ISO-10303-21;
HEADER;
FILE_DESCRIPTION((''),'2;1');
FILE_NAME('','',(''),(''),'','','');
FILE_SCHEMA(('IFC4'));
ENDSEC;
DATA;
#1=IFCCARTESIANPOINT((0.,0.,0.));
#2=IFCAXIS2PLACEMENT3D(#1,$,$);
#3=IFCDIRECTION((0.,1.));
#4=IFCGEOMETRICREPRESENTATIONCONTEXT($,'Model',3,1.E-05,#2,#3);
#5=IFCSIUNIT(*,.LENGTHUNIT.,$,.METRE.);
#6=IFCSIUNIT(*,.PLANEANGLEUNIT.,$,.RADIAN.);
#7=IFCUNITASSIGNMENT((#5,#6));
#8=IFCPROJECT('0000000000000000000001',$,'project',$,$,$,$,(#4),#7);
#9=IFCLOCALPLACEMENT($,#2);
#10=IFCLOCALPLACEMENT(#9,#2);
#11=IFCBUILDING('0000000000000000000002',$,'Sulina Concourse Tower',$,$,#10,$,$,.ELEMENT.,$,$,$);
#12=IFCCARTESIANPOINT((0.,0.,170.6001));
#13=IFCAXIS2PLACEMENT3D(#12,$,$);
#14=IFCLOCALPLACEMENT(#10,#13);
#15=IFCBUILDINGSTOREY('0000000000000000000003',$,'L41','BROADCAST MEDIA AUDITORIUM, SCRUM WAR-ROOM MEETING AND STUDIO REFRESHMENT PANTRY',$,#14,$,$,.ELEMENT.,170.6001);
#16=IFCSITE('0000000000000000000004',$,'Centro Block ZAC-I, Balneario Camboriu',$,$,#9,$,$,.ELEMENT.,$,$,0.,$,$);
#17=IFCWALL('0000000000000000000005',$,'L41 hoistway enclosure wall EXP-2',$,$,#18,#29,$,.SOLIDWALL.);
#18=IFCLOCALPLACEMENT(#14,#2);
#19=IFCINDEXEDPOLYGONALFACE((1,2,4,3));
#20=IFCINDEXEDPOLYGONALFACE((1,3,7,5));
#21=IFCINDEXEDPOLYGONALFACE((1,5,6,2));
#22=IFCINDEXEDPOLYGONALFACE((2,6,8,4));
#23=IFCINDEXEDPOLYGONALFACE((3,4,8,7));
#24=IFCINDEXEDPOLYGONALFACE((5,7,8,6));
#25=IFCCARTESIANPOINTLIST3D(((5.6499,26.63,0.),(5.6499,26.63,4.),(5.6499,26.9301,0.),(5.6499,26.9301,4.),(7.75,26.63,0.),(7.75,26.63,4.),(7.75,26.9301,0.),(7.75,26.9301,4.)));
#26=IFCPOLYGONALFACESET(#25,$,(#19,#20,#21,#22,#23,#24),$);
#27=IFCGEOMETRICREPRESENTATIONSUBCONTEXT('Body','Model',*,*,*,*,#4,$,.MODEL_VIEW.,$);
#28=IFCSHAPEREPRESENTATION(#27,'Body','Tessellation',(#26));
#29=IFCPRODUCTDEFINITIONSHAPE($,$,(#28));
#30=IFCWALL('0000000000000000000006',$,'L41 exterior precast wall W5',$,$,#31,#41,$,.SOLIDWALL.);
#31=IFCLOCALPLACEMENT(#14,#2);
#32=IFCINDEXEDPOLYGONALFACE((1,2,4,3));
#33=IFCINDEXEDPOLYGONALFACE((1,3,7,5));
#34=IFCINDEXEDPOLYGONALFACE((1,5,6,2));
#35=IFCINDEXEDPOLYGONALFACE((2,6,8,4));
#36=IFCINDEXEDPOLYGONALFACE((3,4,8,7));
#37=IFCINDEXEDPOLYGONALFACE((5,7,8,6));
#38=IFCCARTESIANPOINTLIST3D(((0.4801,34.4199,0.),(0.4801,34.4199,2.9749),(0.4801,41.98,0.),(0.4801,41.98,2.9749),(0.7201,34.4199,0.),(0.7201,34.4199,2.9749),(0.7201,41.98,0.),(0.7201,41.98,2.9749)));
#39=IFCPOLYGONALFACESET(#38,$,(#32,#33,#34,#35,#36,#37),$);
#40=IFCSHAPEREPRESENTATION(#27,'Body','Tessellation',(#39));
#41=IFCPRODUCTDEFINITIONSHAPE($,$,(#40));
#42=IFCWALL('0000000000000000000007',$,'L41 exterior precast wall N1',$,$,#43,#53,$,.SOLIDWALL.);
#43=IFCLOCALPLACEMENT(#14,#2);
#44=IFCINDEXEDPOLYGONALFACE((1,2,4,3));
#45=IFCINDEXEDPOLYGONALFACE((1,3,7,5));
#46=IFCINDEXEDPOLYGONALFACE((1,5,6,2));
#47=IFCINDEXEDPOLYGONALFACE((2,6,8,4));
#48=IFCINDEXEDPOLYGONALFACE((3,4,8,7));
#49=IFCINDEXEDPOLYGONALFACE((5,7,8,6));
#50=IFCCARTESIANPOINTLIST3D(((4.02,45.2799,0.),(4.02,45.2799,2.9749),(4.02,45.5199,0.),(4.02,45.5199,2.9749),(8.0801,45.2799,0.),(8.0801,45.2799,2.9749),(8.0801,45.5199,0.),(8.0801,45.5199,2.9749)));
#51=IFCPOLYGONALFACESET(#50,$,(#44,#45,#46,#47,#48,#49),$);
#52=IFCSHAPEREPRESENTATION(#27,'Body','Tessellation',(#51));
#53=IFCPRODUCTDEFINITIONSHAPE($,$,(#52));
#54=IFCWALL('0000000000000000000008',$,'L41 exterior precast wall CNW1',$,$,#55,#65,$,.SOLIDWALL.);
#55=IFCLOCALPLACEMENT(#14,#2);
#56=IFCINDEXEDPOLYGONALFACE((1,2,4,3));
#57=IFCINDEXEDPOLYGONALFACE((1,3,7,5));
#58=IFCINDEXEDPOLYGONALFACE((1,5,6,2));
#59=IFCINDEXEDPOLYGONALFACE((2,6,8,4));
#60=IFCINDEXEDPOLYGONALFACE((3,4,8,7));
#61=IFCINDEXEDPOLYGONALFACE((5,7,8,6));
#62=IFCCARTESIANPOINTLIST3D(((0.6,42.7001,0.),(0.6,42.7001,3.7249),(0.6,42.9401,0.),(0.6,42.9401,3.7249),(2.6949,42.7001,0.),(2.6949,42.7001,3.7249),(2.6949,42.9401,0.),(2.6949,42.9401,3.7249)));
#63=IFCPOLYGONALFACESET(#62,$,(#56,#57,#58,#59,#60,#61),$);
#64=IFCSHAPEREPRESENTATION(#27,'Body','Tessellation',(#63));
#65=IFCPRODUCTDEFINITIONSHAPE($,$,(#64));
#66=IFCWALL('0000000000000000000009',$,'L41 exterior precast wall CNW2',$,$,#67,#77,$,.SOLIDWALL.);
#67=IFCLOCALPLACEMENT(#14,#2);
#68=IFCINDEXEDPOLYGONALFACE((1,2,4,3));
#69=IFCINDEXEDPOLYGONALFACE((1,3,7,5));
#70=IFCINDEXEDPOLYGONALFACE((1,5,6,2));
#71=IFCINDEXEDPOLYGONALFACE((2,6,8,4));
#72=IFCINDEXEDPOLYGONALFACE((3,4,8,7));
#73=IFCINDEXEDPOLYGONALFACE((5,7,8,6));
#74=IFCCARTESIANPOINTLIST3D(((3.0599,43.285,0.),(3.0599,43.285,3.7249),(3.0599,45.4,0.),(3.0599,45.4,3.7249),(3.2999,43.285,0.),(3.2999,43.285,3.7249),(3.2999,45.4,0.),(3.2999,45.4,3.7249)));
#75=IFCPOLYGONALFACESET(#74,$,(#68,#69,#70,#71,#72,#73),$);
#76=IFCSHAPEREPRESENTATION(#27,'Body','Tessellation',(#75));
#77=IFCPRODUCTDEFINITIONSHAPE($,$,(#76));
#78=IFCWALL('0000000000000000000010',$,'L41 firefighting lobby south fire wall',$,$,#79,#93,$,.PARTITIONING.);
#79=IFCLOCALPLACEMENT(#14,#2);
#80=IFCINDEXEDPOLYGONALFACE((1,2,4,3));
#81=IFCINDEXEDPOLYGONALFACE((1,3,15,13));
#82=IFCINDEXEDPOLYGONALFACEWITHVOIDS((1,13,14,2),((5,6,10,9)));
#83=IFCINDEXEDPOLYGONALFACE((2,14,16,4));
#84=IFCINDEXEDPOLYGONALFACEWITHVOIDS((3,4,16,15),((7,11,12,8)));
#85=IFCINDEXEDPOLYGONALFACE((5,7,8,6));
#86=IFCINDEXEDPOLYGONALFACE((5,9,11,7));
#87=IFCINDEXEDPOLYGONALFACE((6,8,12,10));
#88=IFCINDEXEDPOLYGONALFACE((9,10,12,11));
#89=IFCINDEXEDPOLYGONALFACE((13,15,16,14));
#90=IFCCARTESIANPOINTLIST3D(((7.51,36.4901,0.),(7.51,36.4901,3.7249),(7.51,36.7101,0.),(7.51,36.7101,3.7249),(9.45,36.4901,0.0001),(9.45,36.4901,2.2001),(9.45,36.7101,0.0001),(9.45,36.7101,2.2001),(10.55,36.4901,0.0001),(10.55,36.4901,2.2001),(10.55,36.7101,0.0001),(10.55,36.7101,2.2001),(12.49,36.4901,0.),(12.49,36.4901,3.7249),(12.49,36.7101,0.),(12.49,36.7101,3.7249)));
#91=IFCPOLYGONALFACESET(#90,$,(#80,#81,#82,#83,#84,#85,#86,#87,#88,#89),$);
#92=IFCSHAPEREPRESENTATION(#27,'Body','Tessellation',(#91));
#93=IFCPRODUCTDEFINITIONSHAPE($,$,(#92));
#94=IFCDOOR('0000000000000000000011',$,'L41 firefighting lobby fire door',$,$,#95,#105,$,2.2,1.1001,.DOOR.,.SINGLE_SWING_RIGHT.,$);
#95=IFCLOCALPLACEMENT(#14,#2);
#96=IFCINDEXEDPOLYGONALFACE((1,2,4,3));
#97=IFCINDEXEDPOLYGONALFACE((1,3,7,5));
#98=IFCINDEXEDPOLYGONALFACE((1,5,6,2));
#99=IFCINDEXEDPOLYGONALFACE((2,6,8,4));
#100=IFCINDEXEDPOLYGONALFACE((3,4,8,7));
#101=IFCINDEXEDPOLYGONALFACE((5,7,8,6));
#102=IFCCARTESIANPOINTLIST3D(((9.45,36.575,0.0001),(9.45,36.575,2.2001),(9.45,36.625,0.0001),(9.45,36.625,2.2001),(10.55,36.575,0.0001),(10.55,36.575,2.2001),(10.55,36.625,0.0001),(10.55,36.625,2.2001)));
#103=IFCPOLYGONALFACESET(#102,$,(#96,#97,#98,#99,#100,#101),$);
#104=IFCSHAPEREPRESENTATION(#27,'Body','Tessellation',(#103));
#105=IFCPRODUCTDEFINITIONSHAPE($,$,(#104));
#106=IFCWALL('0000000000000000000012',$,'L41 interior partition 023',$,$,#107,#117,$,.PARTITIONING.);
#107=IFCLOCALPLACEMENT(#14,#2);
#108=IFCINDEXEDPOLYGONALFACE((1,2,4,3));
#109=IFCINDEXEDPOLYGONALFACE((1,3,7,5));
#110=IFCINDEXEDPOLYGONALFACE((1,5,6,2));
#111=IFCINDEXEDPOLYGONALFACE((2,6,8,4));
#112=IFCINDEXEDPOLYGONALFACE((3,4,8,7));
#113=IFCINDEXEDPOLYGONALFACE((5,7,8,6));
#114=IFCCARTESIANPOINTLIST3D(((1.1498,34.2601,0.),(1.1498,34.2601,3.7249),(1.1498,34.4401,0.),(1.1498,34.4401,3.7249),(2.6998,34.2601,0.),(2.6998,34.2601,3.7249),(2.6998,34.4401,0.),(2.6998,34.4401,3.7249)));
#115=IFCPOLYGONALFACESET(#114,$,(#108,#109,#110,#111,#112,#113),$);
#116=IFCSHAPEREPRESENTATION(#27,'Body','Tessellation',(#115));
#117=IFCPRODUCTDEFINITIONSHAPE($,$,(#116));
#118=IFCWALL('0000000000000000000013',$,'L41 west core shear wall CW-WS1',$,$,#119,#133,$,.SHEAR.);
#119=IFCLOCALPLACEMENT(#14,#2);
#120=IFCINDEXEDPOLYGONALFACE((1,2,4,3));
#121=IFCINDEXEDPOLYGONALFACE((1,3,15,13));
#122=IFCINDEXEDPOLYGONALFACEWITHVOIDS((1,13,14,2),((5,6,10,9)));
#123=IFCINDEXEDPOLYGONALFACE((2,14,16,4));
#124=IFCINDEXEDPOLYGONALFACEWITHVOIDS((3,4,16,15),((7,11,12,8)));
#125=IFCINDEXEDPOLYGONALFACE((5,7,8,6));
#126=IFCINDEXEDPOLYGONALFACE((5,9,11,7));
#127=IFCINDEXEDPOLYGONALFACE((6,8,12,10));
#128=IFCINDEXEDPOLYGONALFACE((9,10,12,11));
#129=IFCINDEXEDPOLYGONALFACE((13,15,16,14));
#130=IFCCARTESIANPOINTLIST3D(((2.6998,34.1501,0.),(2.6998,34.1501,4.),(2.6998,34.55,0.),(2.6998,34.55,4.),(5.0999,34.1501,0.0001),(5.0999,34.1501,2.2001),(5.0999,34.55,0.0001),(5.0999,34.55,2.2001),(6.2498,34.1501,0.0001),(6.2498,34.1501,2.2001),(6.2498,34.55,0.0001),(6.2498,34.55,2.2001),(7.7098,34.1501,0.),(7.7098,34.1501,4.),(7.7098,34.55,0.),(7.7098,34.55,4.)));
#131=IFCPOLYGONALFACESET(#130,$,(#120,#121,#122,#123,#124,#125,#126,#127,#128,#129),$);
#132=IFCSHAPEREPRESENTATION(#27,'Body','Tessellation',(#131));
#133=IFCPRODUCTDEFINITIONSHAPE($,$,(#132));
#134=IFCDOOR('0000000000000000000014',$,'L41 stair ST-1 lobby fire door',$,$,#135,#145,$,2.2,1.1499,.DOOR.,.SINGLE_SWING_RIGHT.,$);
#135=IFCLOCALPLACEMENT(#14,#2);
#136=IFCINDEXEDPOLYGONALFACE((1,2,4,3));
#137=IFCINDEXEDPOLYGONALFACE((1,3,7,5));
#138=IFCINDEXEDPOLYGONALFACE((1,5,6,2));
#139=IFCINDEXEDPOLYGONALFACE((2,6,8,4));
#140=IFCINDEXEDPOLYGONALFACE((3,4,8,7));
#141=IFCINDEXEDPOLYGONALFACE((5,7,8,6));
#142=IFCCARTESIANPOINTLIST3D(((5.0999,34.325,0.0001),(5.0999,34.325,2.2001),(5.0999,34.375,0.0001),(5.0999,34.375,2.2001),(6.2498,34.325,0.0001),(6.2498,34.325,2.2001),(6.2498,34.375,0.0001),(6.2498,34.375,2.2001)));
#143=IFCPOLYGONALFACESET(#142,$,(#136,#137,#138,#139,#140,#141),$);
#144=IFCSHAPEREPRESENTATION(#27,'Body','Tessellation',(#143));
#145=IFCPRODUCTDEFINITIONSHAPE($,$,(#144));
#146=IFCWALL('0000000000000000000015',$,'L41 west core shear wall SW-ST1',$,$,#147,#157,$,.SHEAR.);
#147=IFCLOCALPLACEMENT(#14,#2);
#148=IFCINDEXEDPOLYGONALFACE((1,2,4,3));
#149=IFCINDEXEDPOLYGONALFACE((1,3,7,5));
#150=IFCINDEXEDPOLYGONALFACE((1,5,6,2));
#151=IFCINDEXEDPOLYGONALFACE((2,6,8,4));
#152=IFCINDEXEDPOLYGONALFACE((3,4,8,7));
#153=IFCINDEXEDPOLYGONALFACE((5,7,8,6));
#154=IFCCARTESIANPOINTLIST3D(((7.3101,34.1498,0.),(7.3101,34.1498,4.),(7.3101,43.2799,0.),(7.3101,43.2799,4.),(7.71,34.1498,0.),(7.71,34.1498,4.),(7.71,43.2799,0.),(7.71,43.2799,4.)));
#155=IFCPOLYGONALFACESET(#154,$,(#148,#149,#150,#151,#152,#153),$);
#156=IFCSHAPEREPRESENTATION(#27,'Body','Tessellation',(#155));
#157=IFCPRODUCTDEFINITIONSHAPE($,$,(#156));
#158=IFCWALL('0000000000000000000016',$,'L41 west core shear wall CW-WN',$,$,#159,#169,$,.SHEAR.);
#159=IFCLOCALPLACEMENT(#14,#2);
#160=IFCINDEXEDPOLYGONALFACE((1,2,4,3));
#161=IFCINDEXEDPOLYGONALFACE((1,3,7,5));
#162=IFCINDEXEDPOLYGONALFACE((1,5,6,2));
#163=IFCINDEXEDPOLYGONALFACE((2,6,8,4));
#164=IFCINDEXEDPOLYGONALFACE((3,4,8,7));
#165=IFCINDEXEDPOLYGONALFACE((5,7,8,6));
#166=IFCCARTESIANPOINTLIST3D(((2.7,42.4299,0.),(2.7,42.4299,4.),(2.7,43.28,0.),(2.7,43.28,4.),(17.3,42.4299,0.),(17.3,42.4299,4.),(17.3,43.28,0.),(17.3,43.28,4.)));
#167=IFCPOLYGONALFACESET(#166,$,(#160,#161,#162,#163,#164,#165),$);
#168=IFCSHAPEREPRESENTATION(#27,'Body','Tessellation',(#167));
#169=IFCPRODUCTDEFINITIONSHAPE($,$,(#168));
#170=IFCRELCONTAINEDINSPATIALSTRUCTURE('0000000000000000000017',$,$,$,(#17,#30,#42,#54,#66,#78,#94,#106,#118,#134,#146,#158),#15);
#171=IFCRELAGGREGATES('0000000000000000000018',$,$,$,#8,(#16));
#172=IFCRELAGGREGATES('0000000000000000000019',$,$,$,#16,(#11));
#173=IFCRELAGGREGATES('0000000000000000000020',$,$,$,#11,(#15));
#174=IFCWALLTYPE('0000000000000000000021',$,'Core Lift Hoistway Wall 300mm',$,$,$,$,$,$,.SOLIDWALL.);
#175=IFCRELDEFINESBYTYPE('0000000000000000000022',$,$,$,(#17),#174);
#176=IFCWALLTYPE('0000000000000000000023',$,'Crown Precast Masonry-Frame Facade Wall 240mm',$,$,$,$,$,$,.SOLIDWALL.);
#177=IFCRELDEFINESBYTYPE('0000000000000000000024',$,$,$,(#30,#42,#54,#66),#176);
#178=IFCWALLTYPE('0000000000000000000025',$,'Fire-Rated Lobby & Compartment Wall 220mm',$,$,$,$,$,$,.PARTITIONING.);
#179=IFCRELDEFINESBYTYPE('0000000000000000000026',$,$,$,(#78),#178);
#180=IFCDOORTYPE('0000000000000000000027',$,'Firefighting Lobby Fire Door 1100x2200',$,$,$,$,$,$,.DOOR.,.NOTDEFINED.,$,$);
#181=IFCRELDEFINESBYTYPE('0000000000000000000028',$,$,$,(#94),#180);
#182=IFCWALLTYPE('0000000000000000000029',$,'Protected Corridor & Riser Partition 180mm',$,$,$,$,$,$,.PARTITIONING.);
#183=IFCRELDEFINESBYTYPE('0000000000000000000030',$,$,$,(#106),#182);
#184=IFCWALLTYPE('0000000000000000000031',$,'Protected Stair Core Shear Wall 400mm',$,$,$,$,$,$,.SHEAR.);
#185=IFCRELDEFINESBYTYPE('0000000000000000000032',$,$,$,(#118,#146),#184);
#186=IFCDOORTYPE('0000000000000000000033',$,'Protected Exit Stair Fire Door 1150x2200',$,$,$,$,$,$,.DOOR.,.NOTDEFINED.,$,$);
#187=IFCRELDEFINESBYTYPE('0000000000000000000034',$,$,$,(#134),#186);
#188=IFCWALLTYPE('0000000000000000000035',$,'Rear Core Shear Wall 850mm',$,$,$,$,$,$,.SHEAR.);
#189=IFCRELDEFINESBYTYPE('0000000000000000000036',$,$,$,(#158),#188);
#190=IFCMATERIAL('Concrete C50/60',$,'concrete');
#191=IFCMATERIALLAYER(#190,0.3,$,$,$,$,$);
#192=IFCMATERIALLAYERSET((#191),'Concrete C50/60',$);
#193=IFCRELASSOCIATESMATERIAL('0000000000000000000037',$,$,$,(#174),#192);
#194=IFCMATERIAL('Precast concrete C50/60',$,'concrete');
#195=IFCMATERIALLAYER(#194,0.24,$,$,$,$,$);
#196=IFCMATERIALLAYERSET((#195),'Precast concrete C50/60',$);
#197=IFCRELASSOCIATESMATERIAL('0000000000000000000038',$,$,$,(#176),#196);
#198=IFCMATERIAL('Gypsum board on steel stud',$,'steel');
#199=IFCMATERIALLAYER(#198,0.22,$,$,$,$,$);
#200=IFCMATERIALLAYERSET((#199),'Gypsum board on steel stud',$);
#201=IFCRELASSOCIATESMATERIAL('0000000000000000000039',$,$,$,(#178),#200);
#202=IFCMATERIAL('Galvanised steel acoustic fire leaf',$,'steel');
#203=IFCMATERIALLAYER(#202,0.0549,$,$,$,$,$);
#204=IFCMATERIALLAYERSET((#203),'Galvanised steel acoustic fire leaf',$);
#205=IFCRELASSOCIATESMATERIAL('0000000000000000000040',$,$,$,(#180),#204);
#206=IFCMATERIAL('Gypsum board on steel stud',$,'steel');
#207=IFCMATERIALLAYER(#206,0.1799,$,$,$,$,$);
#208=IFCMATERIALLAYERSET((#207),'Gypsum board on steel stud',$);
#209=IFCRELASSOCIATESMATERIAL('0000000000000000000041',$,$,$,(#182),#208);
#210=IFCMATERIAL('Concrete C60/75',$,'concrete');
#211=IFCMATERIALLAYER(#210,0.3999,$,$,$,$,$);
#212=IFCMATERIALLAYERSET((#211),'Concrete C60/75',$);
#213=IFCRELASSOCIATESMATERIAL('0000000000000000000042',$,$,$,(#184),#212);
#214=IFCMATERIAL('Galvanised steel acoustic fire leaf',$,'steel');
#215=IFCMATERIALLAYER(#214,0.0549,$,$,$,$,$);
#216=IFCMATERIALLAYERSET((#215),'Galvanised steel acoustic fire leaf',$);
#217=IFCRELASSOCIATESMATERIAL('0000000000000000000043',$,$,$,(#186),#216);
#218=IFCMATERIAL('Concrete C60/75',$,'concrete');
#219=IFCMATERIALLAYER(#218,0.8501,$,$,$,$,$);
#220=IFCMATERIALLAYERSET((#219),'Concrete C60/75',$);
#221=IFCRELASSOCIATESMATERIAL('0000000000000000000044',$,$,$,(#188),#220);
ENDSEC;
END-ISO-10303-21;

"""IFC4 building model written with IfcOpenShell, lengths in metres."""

from ifc_helpers import new_model, si_unit, direction, frame, frame_2d, origin, place, context, subcontext, project, spatial, rectangle, extrude, material, layer, layer_set, type_object, element, fill, save


model = new_model("IFC4")

# Units and contexts
model_context = context("Model", 3, precision=1e-05, world=origin(), true_north=direction((0.0, 1.0)))
body_context = subcontext(model_context, "Body", "Model", "MODEL_VIEW")
ifc_project = project(units=[si_unit("LENGTHUNIT", "METRE"), si_unit("PLANEANGLEUNIT", "RADIAN")], contexts=[model_context])

# Site, building, storey
site_placement = place(None, origin())
site = spatial("IfcSite", under=ifc_project, at=site_placement, Name="Centro Block ZAC-I, Balneario Camboriu", CompositionType="ELEMENT", RefElevation=0.0)
building_placement = place(site_placement, origin())
building = spatial("IfcBuilding", under=site, at=building_placement, Name="Sulina Concourse Tower", CompositionType="ELEMENT")
storey_placement = place(building_placement, frame((0.0, 0.0, 170.6001)))
storey = spatial("IfcBuildingStorey", under=building, at=storey_placement, Name="L41", Description="BROADCAST MEDIA AUDITORIUM, SCRUM WAR-ROOM MEETING AND STUDIO REFRESHMENT PANTRY", CompositionType="ELEMENT", Elevation=170.6001)

# Walls
ifc_material_1 = material(Name="Concrete C50/60", Category="concrete")
ifc_layer_1 = layer(ifc_material_1, 0.3)
ifc_layer_set_1 = layer_set([ifc_layer_1], Name="Concrete C50/60")
wall_type_1 = type_object("IfcWallType", Name="Core Lift Hoistway Wall 300mm", PredefinedType="SOLIDWALL", material=ifc_layer_set_1)
wall_1_placement = place(storey_placement, frame((7.75, 26.78, 0.0), z_axis=(0.0, 0.0, 1.0), x_axis=(-1.0, 0.0, 0.0)))
element("IfcWall", 1, at=wall_1_placement, inside=storey, type_object=wall_type_1, Name="L41 hoistway enclosure wall EXP-2", PredefinedType="SOLIDWALL", context=body_context, shape_type="SweptSolid", body=[
    extrude(rectangle(XDim=2.1001, YDim=0.3, at=frame_2d((1.05, 0.0))), origin(), (0.0, 0.0, 1.0), 4.0),
])
ifc_material_2 = material(Name="Precast concrete C50/60", Category="concrete")
ifc_layer_2 = layer(ifc_material_2, 0.24)
ifc_layer_set_2 = layer_set([ifc_layer_2], Name="Precast concrete C50/60")
wall_type_2 = type_object("IfcWallType", Name="Crown Precast Masonry-Frame Facade Wall 240mm", PredefinedType="SOLIDWALL", material=ifc_layer_set_2)
wall_2_placement = place(storey_placement, frame((0.6001, 34.4199, 0.0), z_axis=(0.0, 0.0, 1.0), x_axis=(0.0, 1.0, 0.0)))
element("IfcWall", 2, at=wall_2_placement, inside=storey, type_object=wall_type_2, Name="L41 exterior precast wall W5", PredefinedType="SOLIDWALL", context=body_context, shape_type="SweptSolid", body=[
    extrude(rectangle(XDim=7.5601, YDim=0.24, at=frame_2d((3.78, 0.0))), origin(), (0.0, 0.0, 1.0), 2.9749),
])
wall_3_placement = place(storey_placement, frame((4.02, 45.3999, 0.0), z_axis=(0.0, 0.0, 1.0), x_axis=(1.0, 0.0, 0.0)))
element("IfcWall", 3, at=wall_3_placement, inside=storey, type_object=wall_type_2, Name="L41 exterior precast wall N1", PredefinedType="SOLIDWALL", context=body_context, shape_type="SweptSolid", body=[
    extrude(rectangle(XDim=4.0601, YDim=0.24, at=frame_2d((2.03, 0.0))), origin(), (0.0, 0.0, 1.0), 2.9749),
])
wall_4_placement = place(storey_placement, frame((0.6001, 42.8201, 0.0), z_axis=(0.0, 0.0, 1.0), x_axis=(1.0, 0.0, 0.0)))
element("IfcWall", 4, at=wall_4_placement, inside=storey, type_object=wall_type_2, Name="L41 exterior precast wall CNW1", PredefinedType="SOLIDWALL", context=body_context, shape_type="SweptSolid", body=[
    extrude(rectangle(XDim=2.095, YDim=0.24, at=frame_2d((1.0474, 0.0))), origin(), (0.0, 0.0, 1.0), 3.7249),
])
wall_5_placement = place(storey_placement, frame((3.1799, 43.2849, 0.0), z_axis=(0.0, 0.0, 1.0), x_axis=(0.0, 1.0, 0.0)))
element("IfcWall", 5, at=wall_5_placement, inside=storey, type_object=wall_type_2, Name="L41 exterior precast wall CNW2", PredefinedType="SOLIDWALL", context=body_context, shape_type="SweptSolid", body=[
    extrude(rectangle(XDim=2.115, YDim=0.24, at=frame_2d((1.0576, 0.0))), origin(), (0.0, 0.0, 1.0), 3.7249),
])

# Wall, opening, door
ifc_material_3 = material(Name="Gypsum board on steel stud", Category="steel")
ifc_layer_3 = layer(ifc_material_3, 0.22)
ifc_layer_set_3 = layer_set([ifc_layer_3], Name="Gypsum board on steel stud")
wall_type_3 = type_object("IfcWallType", Name="Fire-Rated Lobby & Compartment Wall 220mm", PredefinedType="PARTITIONING", material=ifc_layer_set_3)
wall_6_placement = place(storey_placement, frame((7.51, 36.6001, 0.0), z_axis=(0.0, 0.0, 1.0), x_axis=(1.0, 0.0, 0.0)))
wall_6 = element("IfcWall", 6, at=wall_6_placement, inside=storey, type_object=wall_type_3, Name="L41 firefighting lobby south fire wall", PredefinedType="PARTITIONING", context=body_context, shape_type="SweptSolid", body=[
    extrude(rectangle(XDim=4.98, YDim=0.22, at=frame_2d((2.49, 0.0))), origin(), (0.0, 0.0, 1.0), 3.7249),
])
opening_1_placement = place(wall_6_placement, frame((1.9399, 0.0, 0.0)))
opening_1 = element("IfcOpeningElement", 7, at=opening_1_placement, cuts=wall_6, PredefinedType="OPENING", context=body_context, shape_type="SweptSolid", body=[
    extrude(rectangle(XDim=1.1001, YDim=2.2, at=frame_2d((0.55, 1.1001))), frame((0.0, 0.1199, 0.0), z_axis=(0.0, -1.0, 0.0), x_axis=(1.0, 0.0, 0.0)), (0.0, 0.0, 1.0), 0.24),
])
ifc_material_4 = material(Name="Galvanised steel acoustic fire leaf", Category="steel")
ifc_layer_4 = layer(ifc_material_4, 0.0549)
ifc_layer_set_4 = layer_set([ifc_layer_4], Name="Galvanised steel acoustic fire leaf")
door_type_1 = type_object("IfcDoorType", Name="Firefighting Lobby Fire Door 1100x2200", OperationType="NOTDEFINED", PredefinedType="DOOR", material=ifc_layer_set_4)
door_1_placement = place(opening_1_placement, origin())
door_1 = element("IfcDoor", 8, at=door_1_placement, inside=storey, type_object=door_type_1, Name="L41 firefighting lobby fire door", OperationType="SINGLE_SWING_RIGHT", OverallHeight=2.2, OverallWidth=1.1001, PredefinedType="DOOR", context=body_context, shape_type="SweptSolid", body=[
    extrude(rectangle(XDim=1.1001, YDim=2.2, at=frame_2d((0.55, 1.1001))), frame((0.0, 0.0249, 0.0), z_axis=(0.0, -1.0, 0.0), x_axis=(1.0, 0.0, 0.0)), (0.0, 0.0, 1.0), 0.05),
])
fill(opening_1, door_1)

# Wall
ifc_material_5 = material(Name="Gypsum board on steel stud", Category="steel")
ifc_layer_5 = layer(ifc_material_5, 0.1799)
ifc_layer_set_5 = layer_set([ifc_layer_5], Name="Gypsum board on steel stud")
wall_type_4 = type_object("IfcWallType", Name="Protected Corridor & Riser Partition 180mm", PredefinedType="PARTITIONING", material=ifc_layer_set_5)
wall_7_placement = place(storey_placement, frame((1.1499, 34.3501, 0.0), z_axis=(0.0, 0.0, 1.0), x_axis=(1.0, 0.0, 0.0)))
element("IfcWall", 9, at=wall_7_placement, inside=storey, type_object=wall_type_4, Name="L41 interior partition 023", PredefinedType="PARTITIONING", context=body_context, shape_type="SweptSolid", body=[
    extrude(rectangle(XDim=1.55, YDim=0.1799, at=frame_2d((0.7749, 0.0))), origin(), (0.0, 0.0, 1.0), 3.7249),
])

# Wall, opening, door
ifc_material_6 = material(Name="Concrete C60/75", Category="concrete")
ifc_layer_6 = layer(ifc_material_6, 0.3999)
ifc_layer_set_6 = layer_set([ifc_layer_6], Name="Concrete C60/75")
wall_type_5 = type_object("IfcWallType", Name="Protected Stair Core Shear Wall 400mm", PredefinedType="SHEAR", material=ifc_layer_set_6)
wall_8_placement = place(storey_placement, frame((2.7, 34.3501, 0.0), z_axis=(0.0, 0.0, 1.0), x_axis=(1.0, 0.0, 0.0)))
wall_8 = element("IfcWall", 10, at=wall_8_placement, inside=storey, type_object=wall_type_5, Name="L41 west core shear wall CW-WS1", PredefinedType="SHEAR", context=body_context, shape_type="SweptSolid", body=[
    extrude(rectangle(XDim=5.01, YDim=0.3999, at=frame_2d((2.5049, 0.0))), origin(), (0.0, 0.0, 1.0), 4.0),
])
opening_2_placement = place(wall_8_placement, frame((2.3999, 0.0, 0.0)))
opening_2 = element("IfcOpeningElement", 11, at=opening_2_placement, cuts=wall_8, PredefinedType="OPENING", context=body_context, shape_type="SweptSolid", body=[
    extrude(rectangle(XDim=1.1499, YDim=2.2, at=frame_2d((0.575, 1.1001))), frame((0.0, 0.21, 0.0), z_axis=(0.0, -1.0, 0.0), x_axis=(1.0, 0.0, 0.0)), (0.0, 0.0, 1.0), 0.4199),
])
ifc_material_7 = material(Name="Galvanised steel acoustic fire leaf", Category="steel")
ifc_layer_7 = layer(ifc_material_7, 0.0549)
ifc_layer_set_7 = layer_set([ifc_layer_7], Name="Galvanised steel acoustic fire leaf")
door_type_2 = type_object("IfcDoorType", Name="Protected Exit Stair Fire Door 1150x2200", OperationType="NOTDEFINED", PredefinedType="DOOR", material=ifc_layer_set_7)
door_2_placement = place(opening_2_placement, origin())
door_2 = element("IfcDoor", 12, at=door_2_placement, inside=storey, type_object=door_type_2, Name="L41 stair ST-1 lobby fire door", OperationType="SINGLE_SWING_RIGHT", OverallHeight=2.2, OverallWidth=1.1499, PredefinedType="DOOR", context=body_context, shape_type="SweptSolid", body=[
    extrude(rectangle(XDim=1.1499, YDim=2.2, at=frame_2d((0.575, 1.1001))), frame((0.0, 0.0249, 0.0), z_axis=(0.0, -1.0, 0.0), x_axis=(1.0, 0.0, 0.0)), (0.0, 0.0, 1.0), 0.05),
])
fill(opening_2, door_2)

# Walls
wall_9_placement = place(storey_placement, frame((7.51, 34.1499, 0.0), z_axis=(0.0, 0.0, 1.0), x_axis=(0.0, 1.0, 0.0)))
element("IfcWall", 13, at=wall_9_placement, inside=storey, type_object=wall_type_5, Name="L41 west core shear wall SW-ST1", PredefinedType="SHEAR", context=body_context, shape_type="SweptSolid", body=[
    extrude(rectangle(XDim=9.1301, YDim=0.3999, at=frame_2d((4.5649, 0.0))), origin(), (0.0, 0.0, 1.0), 4.0),
])
ifc_material_8 = material(Name="Concrete C60/75", Category="concrete")
ifc_layer_8 = layer(ifc_material_8, 0.8501)
ifc_layer_set_8 = layer_set([ifc_layer_8], Name="Concrete C60/75")
wall_type_6 = type_object("IfcWallType", Name="Rear Core Shear Wall 850mm", PredefinedType="SHEAR", material=ifc_layer_set_8)
wall_10_placement = place(storey_placement, frame((2.7, 42.855, 0.0), z_axis=(0.0, 0.0, 1.0), x_axis=(1.0, 0.0, 0.0)))
element("IfcWall", 14, at=wall_10_placement, inside=storey, type_object=wall_type_6, Name="L41 west core shear wall CW-WN", PredefinedType="SHEAR", context=body_context, shape_type="SweptSolid", body=[
    extrude(rectangle(XDim=14.6001, YDim=0.8501, at=frame_2d((7.3, 0.0))), origin(), (0.0, 0.0, 1.0), 4.0),
])

save(model, "model.ifc")
